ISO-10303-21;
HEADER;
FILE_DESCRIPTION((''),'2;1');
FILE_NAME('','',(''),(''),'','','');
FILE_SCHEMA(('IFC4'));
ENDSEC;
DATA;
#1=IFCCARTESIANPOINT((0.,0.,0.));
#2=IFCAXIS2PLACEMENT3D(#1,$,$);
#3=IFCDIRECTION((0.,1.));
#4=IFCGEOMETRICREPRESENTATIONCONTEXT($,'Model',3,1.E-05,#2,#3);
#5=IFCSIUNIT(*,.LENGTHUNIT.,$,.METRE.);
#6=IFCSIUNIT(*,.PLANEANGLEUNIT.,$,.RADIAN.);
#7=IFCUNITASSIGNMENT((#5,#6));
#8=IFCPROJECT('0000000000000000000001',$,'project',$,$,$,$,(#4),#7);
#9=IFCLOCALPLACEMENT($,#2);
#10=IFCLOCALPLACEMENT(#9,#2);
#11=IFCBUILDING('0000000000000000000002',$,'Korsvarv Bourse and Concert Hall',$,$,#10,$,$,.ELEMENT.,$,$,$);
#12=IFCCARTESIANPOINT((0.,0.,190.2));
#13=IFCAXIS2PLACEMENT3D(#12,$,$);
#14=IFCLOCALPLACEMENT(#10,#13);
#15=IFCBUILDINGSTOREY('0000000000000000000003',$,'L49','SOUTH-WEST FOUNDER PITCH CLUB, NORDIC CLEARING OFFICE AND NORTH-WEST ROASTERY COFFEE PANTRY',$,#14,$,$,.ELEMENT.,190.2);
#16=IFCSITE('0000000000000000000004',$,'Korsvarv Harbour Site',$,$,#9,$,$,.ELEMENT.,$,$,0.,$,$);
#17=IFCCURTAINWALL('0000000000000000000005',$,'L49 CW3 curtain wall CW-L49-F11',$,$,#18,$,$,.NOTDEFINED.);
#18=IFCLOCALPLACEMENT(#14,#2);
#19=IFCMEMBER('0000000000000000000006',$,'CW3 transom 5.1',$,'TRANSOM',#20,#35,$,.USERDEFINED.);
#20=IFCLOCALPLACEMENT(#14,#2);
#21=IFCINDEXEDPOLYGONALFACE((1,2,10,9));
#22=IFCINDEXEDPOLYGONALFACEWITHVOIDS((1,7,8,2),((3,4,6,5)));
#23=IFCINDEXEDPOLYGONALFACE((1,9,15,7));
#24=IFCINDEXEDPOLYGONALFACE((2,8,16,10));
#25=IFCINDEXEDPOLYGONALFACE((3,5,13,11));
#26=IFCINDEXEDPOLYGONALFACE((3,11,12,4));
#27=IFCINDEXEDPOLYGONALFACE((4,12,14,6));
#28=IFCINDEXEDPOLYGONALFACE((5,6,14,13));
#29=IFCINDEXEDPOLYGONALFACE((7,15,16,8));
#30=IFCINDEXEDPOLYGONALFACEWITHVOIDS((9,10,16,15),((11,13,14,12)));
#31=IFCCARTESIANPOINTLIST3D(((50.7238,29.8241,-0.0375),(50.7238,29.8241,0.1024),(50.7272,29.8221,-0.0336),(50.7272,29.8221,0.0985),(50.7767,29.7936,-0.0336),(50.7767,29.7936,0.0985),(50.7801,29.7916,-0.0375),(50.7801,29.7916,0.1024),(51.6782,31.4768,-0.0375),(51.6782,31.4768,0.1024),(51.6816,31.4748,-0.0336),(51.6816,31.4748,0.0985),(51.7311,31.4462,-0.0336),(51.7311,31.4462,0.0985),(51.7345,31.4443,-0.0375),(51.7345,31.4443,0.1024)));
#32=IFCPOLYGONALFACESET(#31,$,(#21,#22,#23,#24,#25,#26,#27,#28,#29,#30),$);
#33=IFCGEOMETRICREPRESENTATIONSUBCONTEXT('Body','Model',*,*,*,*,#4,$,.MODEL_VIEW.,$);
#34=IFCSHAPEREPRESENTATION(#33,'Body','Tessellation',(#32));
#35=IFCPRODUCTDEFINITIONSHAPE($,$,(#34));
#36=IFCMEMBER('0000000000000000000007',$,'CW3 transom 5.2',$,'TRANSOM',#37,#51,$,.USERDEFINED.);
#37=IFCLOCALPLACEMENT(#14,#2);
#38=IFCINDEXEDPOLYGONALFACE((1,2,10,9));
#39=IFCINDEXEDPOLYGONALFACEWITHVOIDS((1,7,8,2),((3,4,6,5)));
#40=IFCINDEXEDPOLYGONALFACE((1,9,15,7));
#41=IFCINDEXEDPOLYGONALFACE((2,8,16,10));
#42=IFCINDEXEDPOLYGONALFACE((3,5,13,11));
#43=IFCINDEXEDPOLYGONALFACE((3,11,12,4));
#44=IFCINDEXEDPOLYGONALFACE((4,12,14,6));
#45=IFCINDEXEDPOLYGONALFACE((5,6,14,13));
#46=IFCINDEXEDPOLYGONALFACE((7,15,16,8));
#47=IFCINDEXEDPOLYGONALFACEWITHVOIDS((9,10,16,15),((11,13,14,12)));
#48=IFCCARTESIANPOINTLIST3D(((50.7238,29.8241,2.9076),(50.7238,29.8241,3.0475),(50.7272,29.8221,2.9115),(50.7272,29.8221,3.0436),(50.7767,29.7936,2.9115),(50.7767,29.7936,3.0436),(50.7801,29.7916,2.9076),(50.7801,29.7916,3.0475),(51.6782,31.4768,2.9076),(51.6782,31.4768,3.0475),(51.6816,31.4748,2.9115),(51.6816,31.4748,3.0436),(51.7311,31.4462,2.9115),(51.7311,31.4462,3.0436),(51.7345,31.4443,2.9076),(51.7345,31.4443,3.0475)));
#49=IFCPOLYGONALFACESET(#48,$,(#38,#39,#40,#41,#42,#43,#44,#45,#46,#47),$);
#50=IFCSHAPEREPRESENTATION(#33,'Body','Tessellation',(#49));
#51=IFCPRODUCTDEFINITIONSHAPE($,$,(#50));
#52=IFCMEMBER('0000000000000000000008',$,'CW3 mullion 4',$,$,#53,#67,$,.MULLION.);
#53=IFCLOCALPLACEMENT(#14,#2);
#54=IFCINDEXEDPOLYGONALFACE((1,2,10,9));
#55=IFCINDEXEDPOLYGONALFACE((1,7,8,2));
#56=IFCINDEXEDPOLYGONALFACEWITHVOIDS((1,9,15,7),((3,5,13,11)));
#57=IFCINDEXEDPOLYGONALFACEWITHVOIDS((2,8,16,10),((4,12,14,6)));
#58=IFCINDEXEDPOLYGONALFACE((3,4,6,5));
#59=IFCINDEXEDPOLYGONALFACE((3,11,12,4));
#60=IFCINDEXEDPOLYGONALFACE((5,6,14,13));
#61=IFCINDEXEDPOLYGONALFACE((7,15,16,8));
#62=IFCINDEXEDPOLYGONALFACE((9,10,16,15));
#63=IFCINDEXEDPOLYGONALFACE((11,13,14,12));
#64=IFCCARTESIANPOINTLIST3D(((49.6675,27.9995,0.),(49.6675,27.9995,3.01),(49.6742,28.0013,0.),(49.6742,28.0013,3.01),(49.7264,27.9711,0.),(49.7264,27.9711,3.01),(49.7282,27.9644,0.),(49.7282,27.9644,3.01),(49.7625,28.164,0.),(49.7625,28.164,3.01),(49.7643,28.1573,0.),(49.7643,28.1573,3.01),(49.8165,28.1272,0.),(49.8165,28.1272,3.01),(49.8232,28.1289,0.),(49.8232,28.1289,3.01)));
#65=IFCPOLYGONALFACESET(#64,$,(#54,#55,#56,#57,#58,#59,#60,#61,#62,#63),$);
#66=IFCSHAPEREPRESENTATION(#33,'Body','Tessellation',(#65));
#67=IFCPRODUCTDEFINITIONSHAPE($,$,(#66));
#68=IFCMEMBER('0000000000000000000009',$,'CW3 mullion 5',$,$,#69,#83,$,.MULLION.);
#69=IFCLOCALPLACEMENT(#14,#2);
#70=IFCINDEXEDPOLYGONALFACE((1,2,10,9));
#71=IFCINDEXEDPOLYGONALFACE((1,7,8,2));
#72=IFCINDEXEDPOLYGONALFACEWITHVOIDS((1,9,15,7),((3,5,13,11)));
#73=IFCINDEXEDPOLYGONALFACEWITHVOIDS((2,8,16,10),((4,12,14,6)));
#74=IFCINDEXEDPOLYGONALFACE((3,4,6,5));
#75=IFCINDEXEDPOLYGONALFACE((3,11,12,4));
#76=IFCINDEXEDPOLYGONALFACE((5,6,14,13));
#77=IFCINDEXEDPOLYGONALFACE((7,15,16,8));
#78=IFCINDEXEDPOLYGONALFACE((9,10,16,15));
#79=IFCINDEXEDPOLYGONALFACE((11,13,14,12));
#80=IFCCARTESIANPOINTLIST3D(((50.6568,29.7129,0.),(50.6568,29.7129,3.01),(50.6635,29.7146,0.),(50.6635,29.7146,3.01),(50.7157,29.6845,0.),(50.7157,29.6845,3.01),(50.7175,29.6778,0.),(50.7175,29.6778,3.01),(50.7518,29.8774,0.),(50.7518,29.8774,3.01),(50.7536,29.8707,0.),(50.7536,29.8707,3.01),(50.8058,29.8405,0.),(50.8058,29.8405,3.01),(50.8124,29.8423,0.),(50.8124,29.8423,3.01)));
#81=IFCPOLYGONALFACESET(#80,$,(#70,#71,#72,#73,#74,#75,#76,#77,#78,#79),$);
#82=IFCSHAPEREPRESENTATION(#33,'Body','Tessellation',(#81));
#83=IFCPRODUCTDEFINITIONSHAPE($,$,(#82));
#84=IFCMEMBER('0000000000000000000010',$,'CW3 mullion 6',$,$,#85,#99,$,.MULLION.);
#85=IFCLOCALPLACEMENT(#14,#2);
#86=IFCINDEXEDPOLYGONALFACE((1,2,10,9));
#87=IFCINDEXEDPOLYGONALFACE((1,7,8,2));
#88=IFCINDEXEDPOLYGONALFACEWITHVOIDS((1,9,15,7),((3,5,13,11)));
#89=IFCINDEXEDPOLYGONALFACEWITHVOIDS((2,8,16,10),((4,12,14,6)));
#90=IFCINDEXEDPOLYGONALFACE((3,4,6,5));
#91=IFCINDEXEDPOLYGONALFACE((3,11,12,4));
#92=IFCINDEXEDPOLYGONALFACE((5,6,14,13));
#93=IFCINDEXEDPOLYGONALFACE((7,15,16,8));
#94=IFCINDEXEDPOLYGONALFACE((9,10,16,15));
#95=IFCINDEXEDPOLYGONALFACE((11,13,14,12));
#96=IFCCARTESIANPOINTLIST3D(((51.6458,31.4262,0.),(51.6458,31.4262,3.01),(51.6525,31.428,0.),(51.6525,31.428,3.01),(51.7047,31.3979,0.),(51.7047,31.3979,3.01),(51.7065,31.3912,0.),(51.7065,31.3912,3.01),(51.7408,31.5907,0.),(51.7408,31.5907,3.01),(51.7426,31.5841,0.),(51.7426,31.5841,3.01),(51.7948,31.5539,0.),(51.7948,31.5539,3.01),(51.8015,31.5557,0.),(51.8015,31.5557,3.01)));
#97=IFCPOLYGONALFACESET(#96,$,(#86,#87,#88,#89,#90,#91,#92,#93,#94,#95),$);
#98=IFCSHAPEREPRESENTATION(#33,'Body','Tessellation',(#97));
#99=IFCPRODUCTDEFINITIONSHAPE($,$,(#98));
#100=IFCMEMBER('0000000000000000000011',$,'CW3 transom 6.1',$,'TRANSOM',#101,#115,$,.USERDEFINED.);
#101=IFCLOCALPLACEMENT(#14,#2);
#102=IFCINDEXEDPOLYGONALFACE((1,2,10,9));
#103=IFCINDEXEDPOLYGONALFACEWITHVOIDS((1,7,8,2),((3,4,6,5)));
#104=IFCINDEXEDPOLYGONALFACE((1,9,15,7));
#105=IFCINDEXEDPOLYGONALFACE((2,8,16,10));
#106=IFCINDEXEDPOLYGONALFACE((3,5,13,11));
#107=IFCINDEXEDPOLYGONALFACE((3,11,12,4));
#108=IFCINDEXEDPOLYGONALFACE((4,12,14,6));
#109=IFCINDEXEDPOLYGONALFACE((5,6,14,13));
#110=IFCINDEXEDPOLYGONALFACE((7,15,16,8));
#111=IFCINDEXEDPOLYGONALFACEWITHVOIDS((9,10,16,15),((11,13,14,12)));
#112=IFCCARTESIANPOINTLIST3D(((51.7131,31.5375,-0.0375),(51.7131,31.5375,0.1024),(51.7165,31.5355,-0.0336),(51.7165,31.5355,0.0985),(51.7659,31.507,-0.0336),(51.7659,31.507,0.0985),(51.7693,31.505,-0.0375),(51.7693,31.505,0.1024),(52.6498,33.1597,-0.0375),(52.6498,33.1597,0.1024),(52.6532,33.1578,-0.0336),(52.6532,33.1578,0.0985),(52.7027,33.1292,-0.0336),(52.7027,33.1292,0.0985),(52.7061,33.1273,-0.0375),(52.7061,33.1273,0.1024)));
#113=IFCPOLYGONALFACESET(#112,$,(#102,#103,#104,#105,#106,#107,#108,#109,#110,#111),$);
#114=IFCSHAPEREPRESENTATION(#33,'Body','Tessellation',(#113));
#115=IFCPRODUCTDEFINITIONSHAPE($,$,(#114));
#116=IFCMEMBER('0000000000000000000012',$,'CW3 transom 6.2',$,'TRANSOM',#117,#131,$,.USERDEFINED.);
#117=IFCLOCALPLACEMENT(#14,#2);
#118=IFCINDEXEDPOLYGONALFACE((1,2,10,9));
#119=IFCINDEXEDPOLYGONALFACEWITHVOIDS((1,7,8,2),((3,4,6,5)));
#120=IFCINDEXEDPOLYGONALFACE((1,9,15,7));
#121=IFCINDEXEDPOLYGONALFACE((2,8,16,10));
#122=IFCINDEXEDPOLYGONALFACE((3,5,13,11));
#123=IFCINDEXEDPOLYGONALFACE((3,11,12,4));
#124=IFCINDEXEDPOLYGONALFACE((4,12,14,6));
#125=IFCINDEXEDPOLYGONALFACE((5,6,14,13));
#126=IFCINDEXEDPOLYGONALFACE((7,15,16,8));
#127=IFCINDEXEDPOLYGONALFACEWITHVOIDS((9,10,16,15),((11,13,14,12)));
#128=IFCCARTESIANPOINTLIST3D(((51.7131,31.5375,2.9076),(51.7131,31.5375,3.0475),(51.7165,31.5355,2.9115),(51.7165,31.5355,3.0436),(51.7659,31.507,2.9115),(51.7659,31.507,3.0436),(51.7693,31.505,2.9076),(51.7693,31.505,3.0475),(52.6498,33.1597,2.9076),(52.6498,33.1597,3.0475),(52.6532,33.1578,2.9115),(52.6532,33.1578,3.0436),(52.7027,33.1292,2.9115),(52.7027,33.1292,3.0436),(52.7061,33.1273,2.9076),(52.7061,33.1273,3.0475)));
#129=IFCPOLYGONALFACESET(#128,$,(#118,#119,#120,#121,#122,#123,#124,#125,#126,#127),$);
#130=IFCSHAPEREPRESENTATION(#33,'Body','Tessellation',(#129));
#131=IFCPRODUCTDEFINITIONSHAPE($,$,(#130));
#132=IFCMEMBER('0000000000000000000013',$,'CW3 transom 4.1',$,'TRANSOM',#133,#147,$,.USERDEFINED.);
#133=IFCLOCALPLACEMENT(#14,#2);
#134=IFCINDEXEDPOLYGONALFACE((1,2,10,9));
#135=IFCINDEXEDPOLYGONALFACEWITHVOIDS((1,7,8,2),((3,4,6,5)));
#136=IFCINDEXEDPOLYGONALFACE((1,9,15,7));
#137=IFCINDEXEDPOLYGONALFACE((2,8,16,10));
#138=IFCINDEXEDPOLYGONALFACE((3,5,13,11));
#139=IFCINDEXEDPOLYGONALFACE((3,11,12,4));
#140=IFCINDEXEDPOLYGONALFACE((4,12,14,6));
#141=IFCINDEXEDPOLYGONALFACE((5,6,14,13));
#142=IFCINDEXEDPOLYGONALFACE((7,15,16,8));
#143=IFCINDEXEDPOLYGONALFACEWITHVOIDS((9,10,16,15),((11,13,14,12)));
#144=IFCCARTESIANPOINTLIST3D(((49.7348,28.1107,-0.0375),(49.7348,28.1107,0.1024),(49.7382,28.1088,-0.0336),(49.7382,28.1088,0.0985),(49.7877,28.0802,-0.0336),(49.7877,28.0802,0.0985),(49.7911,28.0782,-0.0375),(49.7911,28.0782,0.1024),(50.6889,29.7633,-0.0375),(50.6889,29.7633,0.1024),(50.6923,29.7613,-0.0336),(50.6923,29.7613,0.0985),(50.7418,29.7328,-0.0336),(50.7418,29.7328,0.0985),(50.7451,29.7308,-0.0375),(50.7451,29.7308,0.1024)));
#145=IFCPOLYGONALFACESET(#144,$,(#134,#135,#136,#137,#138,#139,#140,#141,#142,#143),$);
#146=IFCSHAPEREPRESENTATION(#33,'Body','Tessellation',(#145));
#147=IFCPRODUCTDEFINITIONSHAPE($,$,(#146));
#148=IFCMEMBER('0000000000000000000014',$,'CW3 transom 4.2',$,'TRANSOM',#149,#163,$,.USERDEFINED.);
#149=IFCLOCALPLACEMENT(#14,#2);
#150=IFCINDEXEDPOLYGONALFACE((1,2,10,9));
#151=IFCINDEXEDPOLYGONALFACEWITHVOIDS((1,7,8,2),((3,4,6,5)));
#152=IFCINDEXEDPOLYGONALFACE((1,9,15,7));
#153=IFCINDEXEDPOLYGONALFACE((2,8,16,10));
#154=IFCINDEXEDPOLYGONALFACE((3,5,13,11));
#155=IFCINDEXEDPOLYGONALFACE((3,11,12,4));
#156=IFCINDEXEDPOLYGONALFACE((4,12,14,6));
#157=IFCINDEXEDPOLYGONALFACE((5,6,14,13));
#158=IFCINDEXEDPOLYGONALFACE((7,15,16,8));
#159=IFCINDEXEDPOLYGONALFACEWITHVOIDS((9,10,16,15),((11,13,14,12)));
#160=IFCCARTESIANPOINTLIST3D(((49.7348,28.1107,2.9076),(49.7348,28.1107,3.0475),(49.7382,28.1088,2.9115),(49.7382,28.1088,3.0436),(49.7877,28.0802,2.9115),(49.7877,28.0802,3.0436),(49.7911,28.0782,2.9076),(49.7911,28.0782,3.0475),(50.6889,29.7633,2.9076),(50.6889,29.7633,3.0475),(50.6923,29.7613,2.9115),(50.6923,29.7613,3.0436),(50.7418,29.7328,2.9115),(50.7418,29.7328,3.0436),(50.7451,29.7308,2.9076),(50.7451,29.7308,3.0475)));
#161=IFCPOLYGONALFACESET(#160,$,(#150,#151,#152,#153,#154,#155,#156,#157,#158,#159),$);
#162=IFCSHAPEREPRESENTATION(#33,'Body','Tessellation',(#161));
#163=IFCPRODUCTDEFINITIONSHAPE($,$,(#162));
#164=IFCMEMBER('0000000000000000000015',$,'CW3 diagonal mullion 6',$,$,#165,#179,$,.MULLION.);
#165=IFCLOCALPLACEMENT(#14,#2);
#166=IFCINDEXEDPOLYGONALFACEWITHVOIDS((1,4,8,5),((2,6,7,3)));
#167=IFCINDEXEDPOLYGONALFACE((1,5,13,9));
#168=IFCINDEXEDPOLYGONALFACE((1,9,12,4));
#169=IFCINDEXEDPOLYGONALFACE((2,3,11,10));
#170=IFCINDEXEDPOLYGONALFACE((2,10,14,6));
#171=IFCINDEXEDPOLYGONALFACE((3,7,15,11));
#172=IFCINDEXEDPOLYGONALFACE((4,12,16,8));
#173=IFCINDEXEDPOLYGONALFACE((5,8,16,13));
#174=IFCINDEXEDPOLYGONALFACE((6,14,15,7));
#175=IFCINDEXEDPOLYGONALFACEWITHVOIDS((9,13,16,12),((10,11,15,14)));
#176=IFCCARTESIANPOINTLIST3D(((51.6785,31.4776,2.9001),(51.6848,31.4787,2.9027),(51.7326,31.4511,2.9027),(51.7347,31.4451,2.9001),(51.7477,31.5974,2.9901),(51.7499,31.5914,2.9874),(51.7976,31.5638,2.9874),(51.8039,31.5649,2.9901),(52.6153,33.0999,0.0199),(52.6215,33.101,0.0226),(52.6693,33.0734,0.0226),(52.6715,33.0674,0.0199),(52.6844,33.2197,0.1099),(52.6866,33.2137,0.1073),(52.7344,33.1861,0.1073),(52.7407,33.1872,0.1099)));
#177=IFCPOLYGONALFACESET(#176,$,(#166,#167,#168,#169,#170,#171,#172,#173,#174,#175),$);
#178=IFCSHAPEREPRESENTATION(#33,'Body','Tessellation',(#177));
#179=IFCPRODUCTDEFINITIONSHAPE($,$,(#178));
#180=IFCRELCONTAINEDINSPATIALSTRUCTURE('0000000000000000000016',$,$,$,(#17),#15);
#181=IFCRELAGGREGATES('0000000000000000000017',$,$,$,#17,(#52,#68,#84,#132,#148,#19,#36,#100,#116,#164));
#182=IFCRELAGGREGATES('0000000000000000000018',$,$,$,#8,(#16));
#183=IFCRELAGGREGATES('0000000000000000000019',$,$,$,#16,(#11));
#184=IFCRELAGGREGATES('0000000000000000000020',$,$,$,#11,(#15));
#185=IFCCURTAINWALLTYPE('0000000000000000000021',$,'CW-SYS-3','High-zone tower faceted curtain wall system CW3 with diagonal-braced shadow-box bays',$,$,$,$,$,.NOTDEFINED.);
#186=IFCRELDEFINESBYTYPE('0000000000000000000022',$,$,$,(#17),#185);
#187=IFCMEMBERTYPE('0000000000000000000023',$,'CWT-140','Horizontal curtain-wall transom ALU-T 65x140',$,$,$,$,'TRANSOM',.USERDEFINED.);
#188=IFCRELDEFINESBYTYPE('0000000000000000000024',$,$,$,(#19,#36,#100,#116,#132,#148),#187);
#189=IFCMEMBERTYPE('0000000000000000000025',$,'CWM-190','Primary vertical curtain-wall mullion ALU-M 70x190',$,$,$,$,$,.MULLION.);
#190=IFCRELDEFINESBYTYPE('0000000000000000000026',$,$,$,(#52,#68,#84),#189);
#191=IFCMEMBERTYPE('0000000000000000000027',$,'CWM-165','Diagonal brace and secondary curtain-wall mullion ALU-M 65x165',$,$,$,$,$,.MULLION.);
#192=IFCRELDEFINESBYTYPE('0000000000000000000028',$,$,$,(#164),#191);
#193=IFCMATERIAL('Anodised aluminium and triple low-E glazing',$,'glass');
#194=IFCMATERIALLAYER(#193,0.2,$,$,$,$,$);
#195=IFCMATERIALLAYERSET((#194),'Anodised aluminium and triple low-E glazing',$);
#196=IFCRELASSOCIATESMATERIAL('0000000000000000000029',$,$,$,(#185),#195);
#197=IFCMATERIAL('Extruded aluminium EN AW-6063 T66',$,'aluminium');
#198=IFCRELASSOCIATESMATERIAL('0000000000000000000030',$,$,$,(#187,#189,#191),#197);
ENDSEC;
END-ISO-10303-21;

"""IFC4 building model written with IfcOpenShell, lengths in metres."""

from ifc_helpers import new_model, si_unit, direction, frame, origin, origin_2d, place, context, subcontext, project, spatial, hollow_rectangle, extrude, source, transform, mapped, material, layer, layer_set, material_profile, profile_set, type_object, element, aggregate, save


model = new_model("IFC4")

# Units and contexts
model_context = context("Model", 3, precision=1e-05, world=origin(), true_north=direction((0.0, 1.0)))
body_context = subcontext(model_context, "Body", "Model", "MODEL_VIEW")
ifc_project = project(units=[si_unit("LENGTHUNIT", "METRE"), si_unit("PLANEANGLEUNIT", "RADIAN")], contexts=[model_context])

# Site, building, storey
site_placement = place(None, origin())
site = spatial("IfcSite", under=ifc_project, at=site_placement, Name="Korsvarv Harbour Site", CompositionType="ELEMENT", RefElevation=0.0)
building_placement = place(site_placement, origin())
building = spatial("IfcBuilding", under=site, at=building_placement, Name="Korsvarv Bourse and Concert Hall", CompositionType="ELEMENT")
storey_placement = place(building_placement, frame((0.0, 0.0, 190.2)))
storey = spatial("IfcBuildingStorey", under=building, at=storey_placement, Name="L49", Description="SOUTH-WEST FOUNDER PITCH CLUB, NORDIC CLEARING OFFICE AND NORTH-WEST ROASTERY COFFEE PANTRY", CompositionType="ELEMENT", Elevation=190.2)

# Curtain wall, members
ifc_material_1 = material(Name="Anodised aluminium and triple low-E glazing", Category="glass")
ifc_layer_1 = layer(ifc_material_1, 0.2)
ifc_layer_set_1 = layer_set([ifc_layer_1], Name="Anodised aluminium and triple low-E glazing")
curtain_wall_type = type_object("IfcCurtainWallType", Name="CW-SYS-3", Description="High-zone tower faceted curtain wall system CW3 with diagonal-braced shadow-box bays", PredefinedType="NOTDEFINED", material=ifc_layer_set_1)
curtain_wall_placement = place(storey_placement, origin())
curtain_wall = element("IfcCurtainWall", 1, at=curtain_wall_placement, inside=storey, type_object=curtain_wall_type, Name="L49 CW3 curtain wall CW-L49-F11", PredefinedType="NOTDEFINED")
ifc_material_2 = material(Name="Extruded aluminium EN AW-6063 T66", Category="aluminium")
ifc_material_profile_1 = material_profile(ifc_material_2, hollow_rectangle(XDim=0.0649, YDim=0.1399, WallThickness=0.0039, at=origin_2d()), Name="ALU-T 65x140")
ifc_profile_set_1 = profile_set([ifc_material_profile_1], Name="Extruded aluminium EN AW-6063 T66")
member_type_1 = type_object("IfcMemberType", Name="CWT-140", Description="Horizontal curtain-wall transom ALU-T 65x140", ElementType="TRANSOM", PredefinedType="USERDEFINED", material=ifc_profile_set_1)
shared_shape_1 = source(origin(), body_context, "Body", "SweptSolid", [
    extrude(hollow_rectangle(XDim=0.0649, YDim=0.1399, WallThickness=0.0039, at=origin_2d()), origin(), (0.0, 0.0, 1.0), 1.9084),
])
member_1_placement = place(storey_placement, frame((50.752, 29.8079, 0.0325), z_axis=(0.500088, 0.865975, 0.0), x_axis=(-0.865975, 0.500088, 0.0)))
member_1 = element("IfcMember", 2, at=member_1_placement, type_object=member_type_1, Name="CW3 transom 5.1", ObjectType="TRANSOM", PredefinedType="USERDEFINED", context=body_context, shape_type="MappedRepresentation", body=[
    mapped(shared_shape_1, transform((0.0, 0.0, 0.0), scale=1.0)),
])
member_2_placement = place(storey_placement, frame((50.752, 29.8079, 2.9775), z_axis=(0.500088, 0.865975, 0.0), x_axis=(-0.865975, 0.500088, 0.0)))
member_2 = element("IfcMember", 3, at=member_2_placement, type_object=member_type_1, Name="CW3 transom 5.2", ObjectType="TRANSOM", PredefinedType="USERDEFINED", context=body_context, shape_type="MappedRepresentation", body=[
    mapped(shared_shape_1, transform((0.0, 0.0, 0.0), scale=1.0)),
])
ifc_material_profile_2 = material_profile(ifc_material_2, hollow_rectangle(XDim=0.0701, YDim=0.1899, WallThickness=0.0049, at=origin_2d()), Name="ALU-M 70x190")
ifc_profile_set_2 = profile_set([ifc_material_profile_2], Name="Extruded aluminium EN AW-6063 T66")
member_type_2 = type_object("IfcMemberType", Name="CWM-190", Description="Primary vertical curtain-wall mullion ALU-M 70x190", PredefinedType="MULLION", material=ifc_profile_set_2)
shared_shape_2 = source(origin(), body_context, "Body", "SweptSolid", [
    extrude(hollow_rectangle(XDim=0.0701, YDim=0.1899, WallThickness=0.0049, at=origin_2d()), origin(), (0.0, 0.0, 1.0), 3.01),
])
member_3_placement = place(storey_placement, frame((49.7454, 28.0642, 0.0), z_axis=(0.0, 0.0, 1.0), x_axis=(-0.86603, 0.499993, 0.0)))
member_3 = element("IfcMember", 4, at=member_3_placement, type_object=member_type_2, Name="CW3 mullion 4", PredefinedType="MULLION", context=body_context, shape_type="MappedRepresentation", body=[
    mapped(shared_shape_2, transform((0.0, 0.0, 0.0), scale=1.0)),
])
member_4_placement = place(storey_placement, frame((50.7346, 29.7776, 0.0), z_axis=(0.0, 0.0, 1.0), x_axis=(-0.86603, 0.499993, 0.0)))
member_4 = element("IfcMember", 5, at=member_4_placement, type_object=member_type_2, Name="CW3 mullion 5", PredefinedType="MULLION", context=body_context, shape_type="MappedRepresentation", body=[
    mapped(shared_shape_2, transform((0.0, 0.0, 0.0), scale=1.0)),
])
member_5_placement = place(storey_placement, frame((51.7236, 31.491, 0.0), z_axis=(0.0, 0.0, 1.0), x_axis=(-0.86603, 0.499993, 0.0)))
member_5 = element("IfcMember", 6, at=member_5_placement, type_object=member_type_2, Name="CW3 mullion 6", PredefinedType="MULLION", context=body_context, shape_type="MappedRepresentation", body=[
    mapped(shared_shape_2, transform((0.0, 0.0, 0.0), scale=1.0)),
])
shared_shape_3 = source(origin(), body_context, "Body", "SweptSolid", [
    extrude(hollow_rectangle(XDim=0.0649, YDim=0.1399, WallThickness=0.0039, at=origin_2d()), origin(), (0.0, 0.0, 1.0), 1.8733),
])
member_6_placement = place(storey_placement, frame((51.7412, 31.5212, 0.0325), z_axis=(0.50005, 0.865997, 0.0), x_axis=(-0.865997, 0.50005, 0.0)))
member_6 = element("IfcMember", 7, at=member_6_placement, type_object=member_type_1, Name="CW3 transom 6.1", ObjectType="TRANSOM", PredefinedType="USERDEFINED", context=body_context, shape_type="MappedRepresentation", body=[
    mapped(shared_shape_3, transform((0.0, 0.0, 0.0), scale=1.0)),
])
member_7_placement = place(storey_placement, frame((51.7412, 31.5212, 2.9775), z_axis=(0.50005, 0.865997, 0.0), x_axis=(-0.865997, 0.50005, 0.0)))
member_7 = element("IfcMember", 8, at=member_7_placement, type_object=member_type_1, Name="CW3 transom 6.2", ObjectType="TRANSOM", PredefinedType="USERDEFINED", context=body_context, shape_type="MappedRepresentation", body=[
    mapped(shared_shape_3, transform((0.0, 0.0, 0.0), scale=1.0)),
])
shared_shape_4 = source(origin(), body_context, "Body", "SweptSolid", [
    extrude(hollow_rectangle(XDim=0.0649, YDim=0.1399, WallThickness=0.0039, at=origin_2d()), origin(), (0.0, 0.0, 1.0), 1.9082),
])
member_8_placement = place(storey_placement, frame((49.7629, 28.0945, 0.0325), z_axis=(0.499992, 0.86603, 0.0), x_axis=(-0.86603, 0.499992, 0.0)))
member_8 = element("IfcMember", 9, at=member_8_placement, type_object=member_type_1, Name="CW3 transom 4.1", ObjectType="TRANSOM", PredefinedType="USERDEFINED", context=body_context, shape_type="MappedRepresentation", body=[
    mapped(shared_shape_4, transform((0.0, 0.0, 0.0), scale=1.0)),
])
member_9_placement = place(storey_placement, frame((49.7629, 28.0945, 2.9775), z_axis=(0.499992, 0.86603, 0.0), x_axis=(-0.86603, 0.499992, 0.0)))
member_9 = element("IfcMember", 10, at=member_9_placement, type_object=member_type_1, Name="CW3 transom 4.2", ObjectType="TRANSOM", PredefinedType="USERDEFINED", context=body_context, shape_type="MappedRepresentation", body=[
    mapped(shared_shape_4, transform((0.0, 0.0, 0.0), scale=1.0)),
])
ifc_material_profile_3 = material_profile(ifc_material_2, hollow_rectangle(XDim=0.0649, YDim=0.165, WallThickness=0.0049, at=origin_2d()), Name="ALU-M 65x165")
ifc_profile_set_3 = profile_set([ifc_material_profile_3], Name="Extruded aluminium EN AW-6063 T66")
member_type_3 = type_object("IfcMemberType", Name="CWM-165", Description="Diagonal brace and secondary curtain-wall mullion ALU-M 65x165", PredefinedType="MULLION", material=ifc_profile_set_3)
shared_shape_5 = source(origin(), body_context, "Body", "SweptSolid", [
    extrude(hollow_rectangle(XDim=0.0649, YDim=0.165, WallThickness=0.0049, at=origin_2d()), origin(), (0.0, 0.0, 1.0), 3.4358),
])
member_10_placement = place(storey_placement, frame((52.678, 33.1436, 0.0649), z_axis=(-0.272651, -0.472183, 0.838275), x_axis=(0.865997, -0.50005, 0.0)))
member_10 = element("IfcMember", 11, at=member_10_placement, type_object=member_type_3, Name="CW3 diagonal mullion 6", PredefinedType="MULLION", context=body_context, shape_type="MappedRepresentation", body=[
    mapped(shared_shape_5, transform((0.0, 0.0, 0.0), scale=1.0)),
])
aggregate(curtain_wall, [member_3, member_4, member_5, member_8, member_9, member_1, member_2, member_6, member_7, member_10])

save(model, "model.ifc")
